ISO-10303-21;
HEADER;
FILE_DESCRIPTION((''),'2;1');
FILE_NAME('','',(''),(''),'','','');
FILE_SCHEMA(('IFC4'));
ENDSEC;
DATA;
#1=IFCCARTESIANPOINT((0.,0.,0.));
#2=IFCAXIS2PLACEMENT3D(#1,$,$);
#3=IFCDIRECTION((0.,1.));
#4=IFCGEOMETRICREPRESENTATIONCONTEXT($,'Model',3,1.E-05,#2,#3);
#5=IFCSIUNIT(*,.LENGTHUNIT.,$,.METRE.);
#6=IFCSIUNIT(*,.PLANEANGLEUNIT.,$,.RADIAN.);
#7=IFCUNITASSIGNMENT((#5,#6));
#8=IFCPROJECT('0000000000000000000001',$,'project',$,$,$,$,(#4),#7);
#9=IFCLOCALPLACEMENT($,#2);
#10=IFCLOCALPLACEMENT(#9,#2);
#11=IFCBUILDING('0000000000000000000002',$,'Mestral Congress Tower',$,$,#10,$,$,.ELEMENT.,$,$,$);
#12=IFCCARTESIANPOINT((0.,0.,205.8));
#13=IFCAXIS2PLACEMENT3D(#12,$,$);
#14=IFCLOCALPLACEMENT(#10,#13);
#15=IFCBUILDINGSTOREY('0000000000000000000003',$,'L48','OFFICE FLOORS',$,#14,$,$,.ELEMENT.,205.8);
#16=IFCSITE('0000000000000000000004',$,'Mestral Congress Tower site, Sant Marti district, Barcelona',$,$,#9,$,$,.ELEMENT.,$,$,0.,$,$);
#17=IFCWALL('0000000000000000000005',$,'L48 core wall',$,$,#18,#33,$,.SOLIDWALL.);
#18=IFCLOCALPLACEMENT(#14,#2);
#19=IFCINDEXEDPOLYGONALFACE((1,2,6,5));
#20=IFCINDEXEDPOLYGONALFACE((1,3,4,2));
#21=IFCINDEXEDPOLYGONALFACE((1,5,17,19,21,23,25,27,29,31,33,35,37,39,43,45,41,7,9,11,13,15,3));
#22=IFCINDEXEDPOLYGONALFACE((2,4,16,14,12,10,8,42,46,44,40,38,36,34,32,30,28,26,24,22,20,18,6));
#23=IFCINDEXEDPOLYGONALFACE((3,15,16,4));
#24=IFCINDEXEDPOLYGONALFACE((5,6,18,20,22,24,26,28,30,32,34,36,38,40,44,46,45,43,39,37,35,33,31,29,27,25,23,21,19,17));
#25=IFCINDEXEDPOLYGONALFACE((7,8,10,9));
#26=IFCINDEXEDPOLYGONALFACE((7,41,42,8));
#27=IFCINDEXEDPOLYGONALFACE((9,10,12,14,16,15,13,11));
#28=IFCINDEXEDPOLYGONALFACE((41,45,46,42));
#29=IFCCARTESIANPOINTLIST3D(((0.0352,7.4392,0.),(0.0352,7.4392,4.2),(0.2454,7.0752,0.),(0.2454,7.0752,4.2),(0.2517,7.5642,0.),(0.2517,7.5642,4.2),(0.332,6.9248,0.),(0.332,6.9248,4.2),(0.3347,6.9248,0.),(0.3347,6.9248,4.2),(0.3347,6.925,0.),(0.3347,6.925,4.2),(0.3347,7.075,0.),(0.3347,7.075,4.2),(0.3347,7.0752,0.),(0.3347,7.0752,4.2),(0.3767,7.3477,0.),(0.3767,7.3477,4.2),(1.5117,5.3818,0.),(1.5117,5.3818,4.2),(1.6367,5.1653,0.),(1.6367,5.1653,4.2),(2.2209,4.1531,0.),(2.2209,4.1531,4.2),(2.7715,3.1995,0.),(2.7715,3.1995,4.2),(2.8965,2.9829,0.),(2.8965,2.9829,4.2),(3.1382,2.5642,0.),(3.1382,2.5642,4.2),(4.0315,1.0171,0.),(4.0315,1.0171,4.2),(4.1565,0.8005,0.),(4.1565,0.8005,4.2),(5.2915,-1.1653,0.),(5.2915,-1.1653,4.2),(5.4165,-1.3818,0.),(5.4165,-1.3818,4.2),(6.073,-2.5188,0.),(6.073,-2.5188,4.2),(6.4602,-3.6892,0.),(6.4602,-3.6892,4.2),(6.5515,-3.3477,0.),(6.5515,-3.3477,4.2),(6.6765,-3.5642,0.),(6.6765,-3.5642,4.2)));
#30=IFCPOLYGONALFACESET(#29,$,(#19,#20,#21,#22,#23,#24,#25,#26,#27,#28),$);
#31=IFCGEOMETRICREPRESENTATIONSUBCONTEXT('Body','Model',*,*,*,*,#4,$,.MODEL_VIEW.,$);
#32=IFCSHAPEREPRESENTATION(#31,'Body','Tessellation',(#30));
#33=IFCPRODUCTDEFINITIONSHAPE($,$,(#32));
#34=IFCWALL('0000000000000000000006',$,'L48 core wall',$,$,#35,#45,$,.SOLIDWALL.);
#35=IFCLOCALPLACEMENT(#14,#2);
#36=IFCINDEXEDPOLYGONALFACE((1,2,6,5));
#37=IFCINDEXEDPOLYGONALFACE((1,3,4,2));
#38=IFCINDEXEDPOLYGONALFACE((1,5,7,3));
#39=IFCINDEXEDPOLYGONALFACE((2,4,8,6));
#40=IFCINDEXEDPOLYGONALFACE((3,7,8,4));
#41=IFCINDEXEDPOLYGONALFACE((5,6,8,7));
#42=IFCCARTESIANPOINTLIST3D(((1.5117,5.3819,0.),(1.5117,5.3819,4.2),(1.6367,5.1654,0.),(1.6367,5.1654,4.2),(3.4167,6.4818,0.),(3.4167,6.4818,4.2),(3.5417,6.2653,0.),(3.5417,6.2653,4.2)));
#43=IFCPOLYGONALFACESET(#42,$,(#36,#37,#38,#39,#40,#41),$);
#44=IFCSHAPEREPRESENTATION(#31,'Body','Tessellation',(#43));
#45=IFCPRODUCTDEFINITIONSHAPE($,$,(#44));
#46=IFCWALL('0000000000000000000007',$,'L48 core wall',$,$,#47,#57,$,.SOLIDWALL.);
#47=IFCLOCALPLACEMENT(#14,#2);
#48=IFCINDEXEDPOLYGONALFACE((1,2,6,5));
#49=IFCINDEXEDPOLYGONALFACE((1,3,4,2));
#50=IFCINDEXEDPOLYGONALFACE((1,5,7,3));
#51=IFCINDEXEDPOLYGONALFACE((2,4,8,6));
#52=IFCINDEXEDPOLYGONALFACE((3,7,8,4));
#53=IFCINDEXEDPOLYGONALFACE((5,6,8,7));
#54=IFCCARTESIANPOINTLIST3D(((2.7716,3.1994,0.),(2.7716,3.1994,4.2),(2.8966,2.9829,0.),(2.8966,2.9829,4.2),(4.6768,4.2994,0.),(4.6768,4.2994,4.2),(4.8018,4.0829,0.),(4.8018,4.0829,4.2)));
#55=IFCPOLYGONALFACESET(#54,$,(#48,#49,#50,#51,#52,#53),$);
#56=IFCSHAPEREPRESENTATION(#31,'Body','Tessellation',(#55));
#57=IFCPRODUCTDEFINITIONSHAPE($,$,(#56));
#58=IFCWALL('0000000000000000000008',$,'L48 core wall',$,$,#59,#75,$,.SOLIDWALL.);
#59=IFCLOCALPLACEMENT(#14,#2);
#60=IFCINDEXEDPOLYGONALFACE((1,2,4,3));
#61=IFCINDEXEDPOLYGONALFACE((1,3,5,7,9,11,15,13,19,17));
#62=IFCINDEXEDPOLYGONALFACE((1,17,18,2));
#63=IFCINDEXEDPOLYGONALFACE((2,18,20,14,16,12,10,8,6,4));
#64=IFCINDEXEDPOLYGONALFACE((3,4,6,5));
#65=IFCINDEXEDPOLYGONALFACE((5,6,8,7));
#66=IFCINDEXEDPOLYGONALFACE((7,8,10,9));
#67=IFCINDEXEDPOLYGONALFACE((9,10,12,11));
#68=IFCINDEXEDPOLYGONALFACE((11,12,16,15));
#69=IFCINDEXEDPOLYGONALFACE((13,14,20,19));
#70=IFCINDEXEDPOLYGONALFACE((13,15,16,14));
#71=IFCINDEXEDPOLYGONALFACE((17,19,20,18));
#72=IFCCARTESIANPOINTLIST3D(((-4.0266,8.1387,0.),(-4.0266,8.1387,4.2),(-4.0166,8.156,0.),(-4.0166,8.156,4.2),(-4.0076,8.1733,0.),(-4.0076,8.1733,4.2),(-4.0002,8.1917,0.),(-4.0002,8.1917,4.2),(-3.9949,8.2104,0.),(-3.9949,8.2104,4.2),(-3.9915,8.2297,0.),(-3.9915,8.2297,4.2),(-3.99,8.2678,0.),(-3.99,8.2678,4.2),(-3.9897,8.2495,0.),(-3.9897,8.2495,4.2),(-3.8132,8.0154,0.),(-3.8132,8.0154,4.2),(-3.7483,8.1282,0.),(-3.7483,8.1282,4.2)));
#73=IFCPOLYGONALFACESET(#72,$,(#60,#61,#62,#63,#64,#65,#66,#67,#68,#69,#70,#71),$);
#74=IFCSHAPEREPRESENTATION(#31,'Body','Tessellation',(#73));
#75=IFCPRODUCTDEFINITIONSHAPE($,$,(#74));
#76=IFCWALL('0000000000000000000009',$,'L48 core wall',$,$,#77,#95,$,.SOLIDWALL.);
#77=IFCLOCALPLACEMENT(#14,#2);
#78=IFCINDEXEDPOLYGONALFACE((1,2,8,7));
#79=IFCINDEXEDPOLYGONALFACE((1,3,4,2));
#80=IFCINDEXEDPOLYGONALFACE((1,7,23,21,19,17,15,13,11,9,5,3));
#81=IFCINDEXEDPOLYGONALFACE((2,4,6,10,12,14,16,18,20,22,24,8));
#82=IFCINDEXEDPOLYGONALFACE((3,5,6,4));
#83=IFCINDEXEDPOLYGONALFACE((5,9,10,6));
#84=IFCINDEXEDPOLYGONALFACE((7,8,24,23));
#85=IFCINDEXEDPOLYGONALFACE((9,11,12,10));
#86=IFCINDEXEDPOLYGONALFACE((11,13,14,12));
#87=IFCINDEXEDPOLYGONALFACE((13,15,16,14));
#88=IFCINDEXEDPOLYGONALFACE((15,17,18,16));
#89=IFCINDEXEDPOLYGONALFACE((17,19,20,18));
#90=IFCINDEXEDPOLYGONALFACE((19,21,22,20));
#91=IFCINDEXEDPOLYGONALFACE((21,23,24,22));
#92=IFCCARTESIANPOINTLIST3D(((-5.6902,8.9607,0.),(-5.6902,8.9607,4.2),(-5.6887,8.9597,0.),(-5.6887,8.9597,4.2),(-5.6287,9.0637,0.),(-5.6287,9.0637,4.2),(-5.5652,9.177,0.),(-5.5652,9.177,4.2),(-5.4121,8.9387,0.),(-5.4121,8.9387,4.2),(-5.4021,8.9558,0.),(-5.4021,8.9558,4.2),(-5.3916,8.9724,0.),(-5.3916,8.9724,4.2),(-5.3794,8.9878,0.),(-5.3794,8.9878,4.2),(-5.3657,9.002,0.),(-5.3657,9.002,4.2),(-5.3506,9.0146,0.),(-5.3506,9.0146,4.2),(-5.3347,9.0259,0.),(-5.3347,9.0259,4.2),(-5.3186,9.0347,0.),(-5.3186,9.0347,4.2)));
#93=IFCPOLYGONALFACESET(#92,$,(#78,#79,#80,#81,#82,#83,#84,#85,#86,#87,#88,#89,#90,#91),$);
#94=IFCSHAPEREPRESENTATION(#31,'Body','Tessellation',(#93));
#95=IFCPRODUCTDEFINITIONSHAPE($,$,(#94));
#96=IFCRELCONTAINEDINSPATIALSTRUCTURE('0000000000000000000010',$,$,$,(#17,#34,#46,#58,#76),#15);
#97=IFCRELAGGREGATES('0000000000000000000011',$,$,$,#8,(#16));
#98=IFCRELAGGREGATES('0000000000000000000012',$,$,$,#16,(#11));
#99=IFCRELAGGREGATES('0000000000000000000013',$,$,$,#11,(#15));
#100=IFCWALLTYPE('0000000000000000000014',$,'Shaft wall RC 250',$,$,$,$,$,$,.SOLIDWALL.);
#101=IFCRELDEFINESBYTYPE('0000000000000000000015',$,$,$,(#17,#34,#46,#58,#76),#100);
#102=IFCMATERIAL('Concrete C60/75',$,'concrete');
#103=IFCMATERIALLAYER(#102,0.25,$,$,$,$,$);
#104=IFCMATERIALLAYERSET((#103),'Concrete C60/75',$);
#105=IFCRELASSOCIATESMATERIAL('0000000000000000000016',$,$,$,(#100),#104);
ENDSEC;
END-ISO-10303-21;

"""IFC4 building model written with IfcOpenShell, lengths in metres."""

from ifc_helpers import new_model, si_unit, direction, frame, frame_2d, origin, place, context, subcontext, project, spatial, polyline, rectangle, outline, extrude, material, layer, layer_set, type_object, element, save


model = new_model("IFC4")

# Units and contexts
model_context = context("Model", 3, precision=1e-05, world=origin(), true_north=direction((0.0, 1.0)))
body_context = subcontext(model_context, "Body", "Model", "MODEL_VIEW")
ifc_project = project(units=[si_unit("LENGTHUNIT", "METRE"), si_unit("PLANEANGLEUNIT", "RADIAN")], contexts=[model_context])

# Site, building, storey
site_placement = place(None, origin())
site = spatial("IfcSite", under=ifc_project, at=site_placement, Name="Mestral Congress Tower site, Sant Marti district, Barcelona", CompositionType="ELEMENT", RefElevation=0.0)
building_placement = place(site_placement, origin())
building = spatial("IfcBuilding", under=site, at=building_placement, Name="Mestral Congress Tower", CompositionType="ELEMENT")
storey_placement = place(building_placement, frame((0.0, 0.0, 205.8)))
storey = spatial("IfcBuildingStorey", under=building, at=storey_placement, Name="L48", Description="OFFICE FLOORS", CompositionType="ELEMENT", Elevation=205.8)

# Walls
ifc_material_1 = material(Name="Concrete C60/75", Category="concrete")
placement = place(storey_placement, origin())
ifc_layer_1 = layer(ifc_material_1, 0.25)
ifc_layer_set_1 = layer_set([ifc_layer_1], Name="Concrete C60/75")
wall_type_1 = type_object("IfcWallType", Name="Shaft wall RC 250", PredefinedType="SOLIDWALL", material=ifc_layer_set_1)
element("IfcWall", 1, at=placement, inside=storey, type_object=wall_type_1, Name="L48 core wall", PredefinedType="SOLIDWALL", context=body_context, shape_type="SweptSolid", body=[
    extrude(outline(polyline([(0.332, 6.9248), (0.3347, 6.9248), (0.3347, 6.925), (0.3347, 6.925), (0.3347, 7.075), (0.3347, 7.075), (0.3347, 7.0752), (0.2454, 7.0752), (0.0352, 7.4392), (0.2517, 7.5642), (0.3767, 7.3477), (1.5117, 5.3818), (1.6367, 5.1653), (2.2209, 4.1531), (2.7715, 3.1995), (2.8965, 2.9829), (3.1382, 2.5642), (4.0315, 1.0171), (4.1565, 0.8005), (5.2915, -1.1653), (5.4165, -1.3818), (6.073, -2.5188), (6.5515, -3.3477), (6.6765, -3.5642), (6.4602, -3.6892), (0.332, 6.9248)])), origin(), (0.0, 0.0, 1.0), 4.2),
])
wall_1_placement = place(storey_placement, frame((1.5742, 5.2737, 0.0), z_axis=(0.0, 0.0, 1.0), x_axis=(0.866028, 0.499995, 0.0)))
element("IfcWall", 2, at=wall_1_placement, inside=storey, type_object=wall_type_1, Name="L48 core wall", PredefinedType="SOLIDWALL", context=body_context, shape_type="SweptSolid", body=[
    extrude(rectangle(XDim=2.1997, YDim=0.25, at=frame_2d((1.0999, 0.0))), origin(), (0.0, 0.0, 1.0), 4.2),
])
wall_2_placement = place(storey_placement, frame((2.834, 3.0911, 0.0), z_axis=(0.0, 0.0, 1.0), x_axis=(0.866008, 0.50003, 0.0)))
element("IfcWall", 3, at=wall_2_placement, inside=storey, type_object=wall_type_1, Name="L48 core wall", PredefinedType="SOLIDWALL", context=body_context, shape_type="SweptSolid", body=[
    extrude(rectangle(XDim=2.2, YDim=0.25, at=frame_2d((1.1001, 0.0))), origin(), (0.0, 0.0, 1.0), 4.2),
])
element("IfcWall", 4, at=placement, inside=storey, type_object=wall_type_1, Name="L48 core wall", PredefinedType="SOLIDWALL", context=body_context, shape_type="SweptSolid", body=[
    extrude(outline(polyline([(-3.7483, 8.1282), (-3.8132, 8.0154), (-4.0266, 8.1387), (-4.0166, 8.156), (-4.0076, 8.1733), (-4.0002, 8.1917), (-3.9949, 8.2104), (-3.9915, 8.2297), (-3.9897, 8.2495), (-3.99, 8.2678), (-3.7483, 8.1282)])), origin(), (0.0, 0.0, 1.0), 4.2),
])
element("IfcWall", 5, at=placement, inside=storey, type_object=wall_type_1, Name="L48 core wall", PredefinedType="SOLIDWALL", context=body_context, shape_type="SweptSolid", body=[
    extrude(outline(polyline([(-5.6887, 8.9597), (-5.6902, 8.9607), (-5.5652, 9.177), (-5.3186, 9.0347), (-5.3347, 9.0259), (-5.3506, 9.0146), (-5.3657, 9.002), (-5.3794, 8.9878), (-5.3916, 8.9724), (-5.4021, 8.9558), (-5.4121, 8.9387), (-5.6287, 9.0637), (-5.6287, 9.0637), (-5.6887, 8.9597)])), origin(), (0.0, 0.0, 1.0), 4.2),
])

save(model, "model.ifc")
